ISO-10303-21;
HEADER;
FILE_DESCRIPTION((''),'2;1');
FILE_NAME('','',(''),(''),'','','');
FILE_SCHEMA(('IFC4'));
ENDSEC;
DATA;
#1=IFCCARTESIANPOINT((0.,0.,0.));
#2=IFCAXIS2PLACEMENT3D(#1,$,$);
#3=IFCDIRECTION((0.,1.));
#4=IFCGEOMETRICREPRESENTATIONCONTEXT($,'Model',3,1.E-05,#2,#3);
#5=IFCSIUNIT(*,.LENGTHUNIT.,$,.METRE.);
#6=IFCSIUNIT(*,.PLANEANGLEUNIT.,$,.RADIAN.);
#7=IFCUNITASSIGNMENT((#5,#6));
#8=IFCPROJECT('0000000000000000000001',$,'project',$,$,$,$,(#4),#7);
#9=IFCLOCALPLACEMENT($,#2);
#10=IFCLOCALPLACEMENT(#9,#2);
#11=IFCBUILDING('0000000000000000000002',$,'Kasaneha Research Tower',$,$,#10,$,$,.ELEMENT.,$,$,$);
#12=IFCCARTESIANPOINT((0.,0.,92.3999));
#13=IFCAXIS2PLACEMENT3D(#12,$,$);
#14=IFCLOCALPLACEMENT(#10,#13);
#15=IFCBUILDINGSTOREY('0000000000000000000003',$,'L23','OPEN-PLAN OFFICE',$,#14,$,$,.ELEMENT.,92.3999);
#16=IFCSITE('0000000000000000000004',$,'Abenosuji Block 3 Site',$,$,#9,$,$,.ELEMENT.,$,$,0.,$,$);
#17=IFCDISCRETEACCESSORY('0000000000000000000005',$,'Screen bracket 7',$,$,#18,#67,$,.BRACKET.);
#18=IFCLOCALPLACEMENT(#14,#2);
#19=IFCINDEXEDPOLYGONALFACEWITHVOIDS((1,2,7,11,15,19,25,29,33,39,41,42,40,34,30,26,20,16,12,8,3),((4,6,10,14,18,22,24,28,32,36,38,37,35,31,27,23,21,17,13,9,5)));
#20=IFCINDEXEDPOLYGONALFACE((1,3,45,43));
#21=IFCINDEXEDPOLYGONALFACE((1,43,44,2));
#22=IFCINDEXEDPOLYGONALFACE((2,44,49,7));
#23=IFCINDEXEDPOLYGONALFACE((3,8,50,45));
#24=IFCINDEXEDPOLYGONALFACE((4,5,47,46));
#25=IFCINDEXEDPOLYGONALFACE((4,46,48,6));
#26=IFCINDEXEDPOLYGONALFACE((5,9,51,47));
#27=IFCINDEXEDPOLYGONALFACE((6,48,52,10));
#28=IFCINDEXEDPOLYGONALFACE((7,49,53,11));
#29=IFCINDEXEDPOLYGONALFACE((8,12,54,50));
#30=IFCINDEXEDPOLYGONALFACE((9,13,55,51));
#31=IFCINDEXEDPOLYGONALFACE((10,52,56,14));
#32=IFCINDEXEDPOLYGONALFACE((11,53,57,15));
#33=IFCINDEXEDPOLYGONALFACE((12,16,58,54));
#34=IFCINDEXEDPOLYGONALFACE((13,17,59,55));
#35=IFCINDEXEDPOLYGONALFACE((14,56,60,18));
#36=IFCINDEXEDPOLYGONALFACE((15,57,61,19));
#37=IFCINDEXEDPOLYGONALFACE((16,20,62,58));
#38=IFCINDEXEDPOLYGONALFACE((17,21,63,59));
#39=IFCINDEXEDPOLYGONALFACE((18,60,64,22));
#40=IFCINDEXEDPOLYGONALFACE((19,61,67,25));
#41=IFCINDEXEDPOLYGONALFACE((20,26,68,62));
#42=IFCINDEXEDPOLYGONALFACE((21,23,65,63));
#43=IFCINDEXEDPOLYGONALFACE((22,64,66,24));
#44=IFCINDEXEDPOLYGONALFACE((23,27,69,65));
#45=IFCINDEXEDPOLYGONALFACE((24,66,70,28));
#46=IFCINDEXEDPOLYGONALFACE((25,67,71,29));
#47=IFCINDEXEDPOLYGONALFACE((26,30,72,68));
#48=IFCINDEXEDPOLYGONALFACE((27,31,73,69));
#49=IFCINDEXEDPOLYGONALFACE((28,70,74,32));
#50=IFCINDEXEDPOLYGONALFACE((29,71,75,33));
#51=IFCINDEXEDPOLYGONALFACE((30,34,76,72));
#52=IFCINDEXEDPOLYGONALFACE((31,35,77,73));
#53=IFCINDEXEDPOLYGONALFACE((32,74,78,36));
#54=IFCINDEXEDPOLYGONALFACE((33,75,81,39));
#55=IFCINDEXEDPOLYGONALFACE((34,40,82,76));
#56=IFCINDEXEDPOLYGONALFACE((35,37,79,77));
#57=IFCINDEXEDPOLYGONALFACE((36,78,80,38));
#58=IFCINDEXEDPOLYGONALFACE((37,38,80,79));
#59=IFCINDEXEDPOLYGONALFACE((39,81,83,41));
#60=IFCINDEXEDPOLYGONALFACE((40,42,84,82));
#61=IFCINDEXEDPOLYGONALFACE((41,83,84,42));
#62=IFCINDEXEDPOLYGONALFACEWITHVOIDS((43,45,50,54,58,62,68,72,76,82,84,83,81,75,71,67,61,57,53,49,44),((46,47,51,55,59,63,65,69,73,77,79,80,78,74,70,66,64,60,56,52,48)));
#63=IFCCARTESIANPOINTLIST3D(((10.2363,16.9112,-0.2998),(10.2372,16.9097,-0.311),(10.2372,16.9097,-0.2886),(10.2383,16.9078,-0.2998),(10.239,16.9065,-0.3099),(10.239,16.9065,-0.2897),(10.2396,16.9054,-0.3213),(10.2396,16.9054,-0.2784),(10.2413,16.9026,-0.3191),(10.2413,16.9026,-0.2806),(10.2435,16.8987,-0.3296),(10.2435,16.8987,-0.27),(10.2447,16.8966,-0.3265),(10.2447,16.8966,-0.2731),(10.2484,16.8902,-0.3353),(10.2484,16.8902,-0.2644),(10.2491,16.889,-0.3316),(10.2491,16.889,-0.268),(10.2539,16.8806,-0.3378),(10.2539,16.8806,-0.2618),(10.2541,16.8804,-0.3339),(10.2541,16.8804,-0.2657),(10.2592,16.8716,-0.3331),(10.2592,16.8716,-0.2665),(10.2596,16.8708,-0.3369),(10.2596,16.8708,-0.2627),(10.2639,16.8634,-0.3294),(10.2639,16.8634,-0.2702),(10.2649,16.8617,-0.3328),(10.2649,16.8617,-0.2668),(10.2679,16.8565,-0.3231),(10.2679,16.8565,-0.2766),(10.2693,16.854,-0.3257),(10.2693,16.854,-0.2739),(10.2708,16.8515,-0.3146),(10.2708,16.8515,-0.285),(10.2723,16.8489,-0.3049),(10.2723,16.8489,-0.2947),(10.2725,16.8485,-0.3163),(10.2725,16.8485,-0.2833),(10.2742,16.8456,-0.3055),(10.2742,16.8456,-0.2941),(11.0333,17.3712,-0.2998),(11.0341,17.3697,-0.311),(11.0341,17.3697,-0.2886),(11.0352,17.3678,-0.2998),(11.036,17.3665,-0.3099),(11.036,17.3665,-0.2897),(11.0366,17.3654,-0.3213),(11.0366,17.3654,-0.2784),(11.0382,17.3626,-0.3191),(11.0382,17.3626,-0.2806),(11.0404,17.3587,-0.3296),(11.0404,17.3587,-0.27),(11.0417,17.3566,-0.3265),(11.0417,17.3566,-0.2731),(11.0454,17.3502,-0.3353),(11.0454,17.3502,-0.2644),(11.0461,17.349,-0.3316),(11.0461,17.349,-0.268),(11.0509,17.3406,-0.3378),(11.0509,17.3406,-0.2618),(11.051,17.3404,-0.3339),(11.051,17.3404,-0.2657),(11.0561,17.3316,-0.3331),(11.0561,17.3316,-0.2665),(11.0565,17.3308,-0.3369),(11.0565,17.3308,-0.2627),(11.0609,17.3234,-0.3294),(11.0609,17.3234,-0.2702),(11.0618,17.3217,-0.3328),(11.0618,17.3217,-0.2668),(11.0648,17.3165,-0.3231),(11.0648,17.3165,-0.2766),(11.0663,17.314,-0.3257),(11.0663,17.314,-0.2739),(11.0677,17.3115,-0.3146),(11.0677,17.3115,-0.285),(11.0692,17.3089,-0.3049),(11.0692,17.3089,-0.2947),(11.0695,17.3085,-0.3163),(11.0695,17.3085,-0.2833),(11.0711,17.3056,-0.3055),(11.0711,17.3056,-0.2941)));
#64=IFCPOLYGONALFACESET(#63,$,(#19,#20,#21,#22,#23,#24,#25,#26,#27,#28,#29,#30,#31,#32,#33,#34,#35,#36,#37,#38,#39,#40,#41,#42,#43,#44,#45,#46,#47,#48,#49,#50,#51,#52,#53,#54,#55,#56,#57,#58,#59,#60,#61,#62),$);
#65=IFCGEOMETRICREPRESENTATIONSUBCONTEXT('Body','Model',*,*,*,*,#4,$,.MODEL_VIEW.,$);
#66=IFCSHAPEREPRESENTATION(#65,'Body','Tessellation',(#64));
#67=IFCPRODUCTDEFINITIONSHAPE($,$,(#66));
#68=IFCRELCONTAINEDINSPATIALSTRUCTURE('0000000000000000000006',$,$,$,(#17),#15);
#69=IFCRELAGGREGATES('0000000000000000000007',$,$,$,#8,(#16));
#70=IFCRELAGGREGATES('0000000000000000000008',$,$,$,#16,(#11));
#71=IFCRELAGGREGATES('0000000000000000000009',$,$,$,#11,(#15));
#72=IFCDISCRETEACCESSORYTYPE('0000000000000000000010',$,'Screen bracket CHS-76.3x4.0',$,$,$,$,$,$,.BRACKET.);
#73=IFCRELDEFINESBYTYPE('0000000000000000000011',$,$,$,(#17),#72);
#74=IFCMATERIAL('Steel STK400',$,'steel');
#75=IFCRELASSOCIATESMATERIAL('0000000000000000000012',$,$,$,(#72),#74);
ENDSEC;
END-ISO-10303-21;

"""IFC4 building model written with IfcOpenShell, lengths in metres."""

from ifc_helpers import new_model, si_unit, direction, frame, origin, origin_2d, place, context, subcontext, project, spatial, hollow_circle, extrude, material, material_profile, profile_set, type_object, element, save


model = new_model("IFC4")

# Units and contexts
model_context = context("Model", 3, precision=1e-05, world=origin(), true_north=direction((0.0, 1.0)))
body_context = subcontext(model_context, "Body", "Model", "MODEL_VIEW")
ifc_project = project(units=[si_unit("LENGTHUNIT", "METRE"), si_unit("PLANEANGLEUNIT", "RADIAN")], contexts=[model_context])

# Site, building, storey
site_placement = place(None, origin())
site = spatial("IfcSite", under=ifc_project, at=site_placement, Name="Abenosuji Block 3 Site", CompositionType="ELEMENT", RefElevation=0.0)
building_placement = place(site_placement, origin())
building = spatial("IfcBuilding", under=site, at=building_placement, Name="Kasaneha Research Tower", CompositionType="ELEMENT")
storey_placement = place(building_placement, frame((0.0, 0.0, 92.3999)))
storey = spatial("IfcBuildingStorey", under=building, at=storey_placement, Name="L23", Description="OPEN-PLAN OFFICE", CompositionType="ELEMENT", Elevation=92.3999)

# Discrete accessory
ifc_material_1 = material(Name="Steel STK400", Category="steel")
ifc_material_profile_1 = material_profile(ifc_material_1, hollow_circle(Radius=0.0381, WallThickness=0.0039, at=origin_2d()), Name="CHS-76.3x4.0")
ifc_profile_set_1 = profile_set([ifc_material_profile_1], Name="Steel STK400")
discrete_accessory_type = type_object("IfcDiscreteAccessoryType", Name="Screen bracket CHS-76.3x4.0", PredefinedType="BRACKET", material=ifc_profile_set_1)
discrete_accessory_placement = place(storey_placement, frame((10.2554, 16.8782, -0.2998), z_axis=(0.86608, 0.499906, 0.0), x_axis=(-0.499906, 0.86608, 0.0)))
element("IfcDiscreteAccessory", 1, at=discrete_accessory_placement, inside=storey, type_object=discrete_accessory_type, Name="Screen bracket 7", PredefinedType="BRACKET", context=body_context, shape_type="SweptSolid", body=[
    extrude(hollow_circle(Radius=0.0381, WallThickness=0.0039, at=origin_2d()), origin(), (0.0, 0.0, 1.0), 0.9202),
])

save(model, "model.ifc")
